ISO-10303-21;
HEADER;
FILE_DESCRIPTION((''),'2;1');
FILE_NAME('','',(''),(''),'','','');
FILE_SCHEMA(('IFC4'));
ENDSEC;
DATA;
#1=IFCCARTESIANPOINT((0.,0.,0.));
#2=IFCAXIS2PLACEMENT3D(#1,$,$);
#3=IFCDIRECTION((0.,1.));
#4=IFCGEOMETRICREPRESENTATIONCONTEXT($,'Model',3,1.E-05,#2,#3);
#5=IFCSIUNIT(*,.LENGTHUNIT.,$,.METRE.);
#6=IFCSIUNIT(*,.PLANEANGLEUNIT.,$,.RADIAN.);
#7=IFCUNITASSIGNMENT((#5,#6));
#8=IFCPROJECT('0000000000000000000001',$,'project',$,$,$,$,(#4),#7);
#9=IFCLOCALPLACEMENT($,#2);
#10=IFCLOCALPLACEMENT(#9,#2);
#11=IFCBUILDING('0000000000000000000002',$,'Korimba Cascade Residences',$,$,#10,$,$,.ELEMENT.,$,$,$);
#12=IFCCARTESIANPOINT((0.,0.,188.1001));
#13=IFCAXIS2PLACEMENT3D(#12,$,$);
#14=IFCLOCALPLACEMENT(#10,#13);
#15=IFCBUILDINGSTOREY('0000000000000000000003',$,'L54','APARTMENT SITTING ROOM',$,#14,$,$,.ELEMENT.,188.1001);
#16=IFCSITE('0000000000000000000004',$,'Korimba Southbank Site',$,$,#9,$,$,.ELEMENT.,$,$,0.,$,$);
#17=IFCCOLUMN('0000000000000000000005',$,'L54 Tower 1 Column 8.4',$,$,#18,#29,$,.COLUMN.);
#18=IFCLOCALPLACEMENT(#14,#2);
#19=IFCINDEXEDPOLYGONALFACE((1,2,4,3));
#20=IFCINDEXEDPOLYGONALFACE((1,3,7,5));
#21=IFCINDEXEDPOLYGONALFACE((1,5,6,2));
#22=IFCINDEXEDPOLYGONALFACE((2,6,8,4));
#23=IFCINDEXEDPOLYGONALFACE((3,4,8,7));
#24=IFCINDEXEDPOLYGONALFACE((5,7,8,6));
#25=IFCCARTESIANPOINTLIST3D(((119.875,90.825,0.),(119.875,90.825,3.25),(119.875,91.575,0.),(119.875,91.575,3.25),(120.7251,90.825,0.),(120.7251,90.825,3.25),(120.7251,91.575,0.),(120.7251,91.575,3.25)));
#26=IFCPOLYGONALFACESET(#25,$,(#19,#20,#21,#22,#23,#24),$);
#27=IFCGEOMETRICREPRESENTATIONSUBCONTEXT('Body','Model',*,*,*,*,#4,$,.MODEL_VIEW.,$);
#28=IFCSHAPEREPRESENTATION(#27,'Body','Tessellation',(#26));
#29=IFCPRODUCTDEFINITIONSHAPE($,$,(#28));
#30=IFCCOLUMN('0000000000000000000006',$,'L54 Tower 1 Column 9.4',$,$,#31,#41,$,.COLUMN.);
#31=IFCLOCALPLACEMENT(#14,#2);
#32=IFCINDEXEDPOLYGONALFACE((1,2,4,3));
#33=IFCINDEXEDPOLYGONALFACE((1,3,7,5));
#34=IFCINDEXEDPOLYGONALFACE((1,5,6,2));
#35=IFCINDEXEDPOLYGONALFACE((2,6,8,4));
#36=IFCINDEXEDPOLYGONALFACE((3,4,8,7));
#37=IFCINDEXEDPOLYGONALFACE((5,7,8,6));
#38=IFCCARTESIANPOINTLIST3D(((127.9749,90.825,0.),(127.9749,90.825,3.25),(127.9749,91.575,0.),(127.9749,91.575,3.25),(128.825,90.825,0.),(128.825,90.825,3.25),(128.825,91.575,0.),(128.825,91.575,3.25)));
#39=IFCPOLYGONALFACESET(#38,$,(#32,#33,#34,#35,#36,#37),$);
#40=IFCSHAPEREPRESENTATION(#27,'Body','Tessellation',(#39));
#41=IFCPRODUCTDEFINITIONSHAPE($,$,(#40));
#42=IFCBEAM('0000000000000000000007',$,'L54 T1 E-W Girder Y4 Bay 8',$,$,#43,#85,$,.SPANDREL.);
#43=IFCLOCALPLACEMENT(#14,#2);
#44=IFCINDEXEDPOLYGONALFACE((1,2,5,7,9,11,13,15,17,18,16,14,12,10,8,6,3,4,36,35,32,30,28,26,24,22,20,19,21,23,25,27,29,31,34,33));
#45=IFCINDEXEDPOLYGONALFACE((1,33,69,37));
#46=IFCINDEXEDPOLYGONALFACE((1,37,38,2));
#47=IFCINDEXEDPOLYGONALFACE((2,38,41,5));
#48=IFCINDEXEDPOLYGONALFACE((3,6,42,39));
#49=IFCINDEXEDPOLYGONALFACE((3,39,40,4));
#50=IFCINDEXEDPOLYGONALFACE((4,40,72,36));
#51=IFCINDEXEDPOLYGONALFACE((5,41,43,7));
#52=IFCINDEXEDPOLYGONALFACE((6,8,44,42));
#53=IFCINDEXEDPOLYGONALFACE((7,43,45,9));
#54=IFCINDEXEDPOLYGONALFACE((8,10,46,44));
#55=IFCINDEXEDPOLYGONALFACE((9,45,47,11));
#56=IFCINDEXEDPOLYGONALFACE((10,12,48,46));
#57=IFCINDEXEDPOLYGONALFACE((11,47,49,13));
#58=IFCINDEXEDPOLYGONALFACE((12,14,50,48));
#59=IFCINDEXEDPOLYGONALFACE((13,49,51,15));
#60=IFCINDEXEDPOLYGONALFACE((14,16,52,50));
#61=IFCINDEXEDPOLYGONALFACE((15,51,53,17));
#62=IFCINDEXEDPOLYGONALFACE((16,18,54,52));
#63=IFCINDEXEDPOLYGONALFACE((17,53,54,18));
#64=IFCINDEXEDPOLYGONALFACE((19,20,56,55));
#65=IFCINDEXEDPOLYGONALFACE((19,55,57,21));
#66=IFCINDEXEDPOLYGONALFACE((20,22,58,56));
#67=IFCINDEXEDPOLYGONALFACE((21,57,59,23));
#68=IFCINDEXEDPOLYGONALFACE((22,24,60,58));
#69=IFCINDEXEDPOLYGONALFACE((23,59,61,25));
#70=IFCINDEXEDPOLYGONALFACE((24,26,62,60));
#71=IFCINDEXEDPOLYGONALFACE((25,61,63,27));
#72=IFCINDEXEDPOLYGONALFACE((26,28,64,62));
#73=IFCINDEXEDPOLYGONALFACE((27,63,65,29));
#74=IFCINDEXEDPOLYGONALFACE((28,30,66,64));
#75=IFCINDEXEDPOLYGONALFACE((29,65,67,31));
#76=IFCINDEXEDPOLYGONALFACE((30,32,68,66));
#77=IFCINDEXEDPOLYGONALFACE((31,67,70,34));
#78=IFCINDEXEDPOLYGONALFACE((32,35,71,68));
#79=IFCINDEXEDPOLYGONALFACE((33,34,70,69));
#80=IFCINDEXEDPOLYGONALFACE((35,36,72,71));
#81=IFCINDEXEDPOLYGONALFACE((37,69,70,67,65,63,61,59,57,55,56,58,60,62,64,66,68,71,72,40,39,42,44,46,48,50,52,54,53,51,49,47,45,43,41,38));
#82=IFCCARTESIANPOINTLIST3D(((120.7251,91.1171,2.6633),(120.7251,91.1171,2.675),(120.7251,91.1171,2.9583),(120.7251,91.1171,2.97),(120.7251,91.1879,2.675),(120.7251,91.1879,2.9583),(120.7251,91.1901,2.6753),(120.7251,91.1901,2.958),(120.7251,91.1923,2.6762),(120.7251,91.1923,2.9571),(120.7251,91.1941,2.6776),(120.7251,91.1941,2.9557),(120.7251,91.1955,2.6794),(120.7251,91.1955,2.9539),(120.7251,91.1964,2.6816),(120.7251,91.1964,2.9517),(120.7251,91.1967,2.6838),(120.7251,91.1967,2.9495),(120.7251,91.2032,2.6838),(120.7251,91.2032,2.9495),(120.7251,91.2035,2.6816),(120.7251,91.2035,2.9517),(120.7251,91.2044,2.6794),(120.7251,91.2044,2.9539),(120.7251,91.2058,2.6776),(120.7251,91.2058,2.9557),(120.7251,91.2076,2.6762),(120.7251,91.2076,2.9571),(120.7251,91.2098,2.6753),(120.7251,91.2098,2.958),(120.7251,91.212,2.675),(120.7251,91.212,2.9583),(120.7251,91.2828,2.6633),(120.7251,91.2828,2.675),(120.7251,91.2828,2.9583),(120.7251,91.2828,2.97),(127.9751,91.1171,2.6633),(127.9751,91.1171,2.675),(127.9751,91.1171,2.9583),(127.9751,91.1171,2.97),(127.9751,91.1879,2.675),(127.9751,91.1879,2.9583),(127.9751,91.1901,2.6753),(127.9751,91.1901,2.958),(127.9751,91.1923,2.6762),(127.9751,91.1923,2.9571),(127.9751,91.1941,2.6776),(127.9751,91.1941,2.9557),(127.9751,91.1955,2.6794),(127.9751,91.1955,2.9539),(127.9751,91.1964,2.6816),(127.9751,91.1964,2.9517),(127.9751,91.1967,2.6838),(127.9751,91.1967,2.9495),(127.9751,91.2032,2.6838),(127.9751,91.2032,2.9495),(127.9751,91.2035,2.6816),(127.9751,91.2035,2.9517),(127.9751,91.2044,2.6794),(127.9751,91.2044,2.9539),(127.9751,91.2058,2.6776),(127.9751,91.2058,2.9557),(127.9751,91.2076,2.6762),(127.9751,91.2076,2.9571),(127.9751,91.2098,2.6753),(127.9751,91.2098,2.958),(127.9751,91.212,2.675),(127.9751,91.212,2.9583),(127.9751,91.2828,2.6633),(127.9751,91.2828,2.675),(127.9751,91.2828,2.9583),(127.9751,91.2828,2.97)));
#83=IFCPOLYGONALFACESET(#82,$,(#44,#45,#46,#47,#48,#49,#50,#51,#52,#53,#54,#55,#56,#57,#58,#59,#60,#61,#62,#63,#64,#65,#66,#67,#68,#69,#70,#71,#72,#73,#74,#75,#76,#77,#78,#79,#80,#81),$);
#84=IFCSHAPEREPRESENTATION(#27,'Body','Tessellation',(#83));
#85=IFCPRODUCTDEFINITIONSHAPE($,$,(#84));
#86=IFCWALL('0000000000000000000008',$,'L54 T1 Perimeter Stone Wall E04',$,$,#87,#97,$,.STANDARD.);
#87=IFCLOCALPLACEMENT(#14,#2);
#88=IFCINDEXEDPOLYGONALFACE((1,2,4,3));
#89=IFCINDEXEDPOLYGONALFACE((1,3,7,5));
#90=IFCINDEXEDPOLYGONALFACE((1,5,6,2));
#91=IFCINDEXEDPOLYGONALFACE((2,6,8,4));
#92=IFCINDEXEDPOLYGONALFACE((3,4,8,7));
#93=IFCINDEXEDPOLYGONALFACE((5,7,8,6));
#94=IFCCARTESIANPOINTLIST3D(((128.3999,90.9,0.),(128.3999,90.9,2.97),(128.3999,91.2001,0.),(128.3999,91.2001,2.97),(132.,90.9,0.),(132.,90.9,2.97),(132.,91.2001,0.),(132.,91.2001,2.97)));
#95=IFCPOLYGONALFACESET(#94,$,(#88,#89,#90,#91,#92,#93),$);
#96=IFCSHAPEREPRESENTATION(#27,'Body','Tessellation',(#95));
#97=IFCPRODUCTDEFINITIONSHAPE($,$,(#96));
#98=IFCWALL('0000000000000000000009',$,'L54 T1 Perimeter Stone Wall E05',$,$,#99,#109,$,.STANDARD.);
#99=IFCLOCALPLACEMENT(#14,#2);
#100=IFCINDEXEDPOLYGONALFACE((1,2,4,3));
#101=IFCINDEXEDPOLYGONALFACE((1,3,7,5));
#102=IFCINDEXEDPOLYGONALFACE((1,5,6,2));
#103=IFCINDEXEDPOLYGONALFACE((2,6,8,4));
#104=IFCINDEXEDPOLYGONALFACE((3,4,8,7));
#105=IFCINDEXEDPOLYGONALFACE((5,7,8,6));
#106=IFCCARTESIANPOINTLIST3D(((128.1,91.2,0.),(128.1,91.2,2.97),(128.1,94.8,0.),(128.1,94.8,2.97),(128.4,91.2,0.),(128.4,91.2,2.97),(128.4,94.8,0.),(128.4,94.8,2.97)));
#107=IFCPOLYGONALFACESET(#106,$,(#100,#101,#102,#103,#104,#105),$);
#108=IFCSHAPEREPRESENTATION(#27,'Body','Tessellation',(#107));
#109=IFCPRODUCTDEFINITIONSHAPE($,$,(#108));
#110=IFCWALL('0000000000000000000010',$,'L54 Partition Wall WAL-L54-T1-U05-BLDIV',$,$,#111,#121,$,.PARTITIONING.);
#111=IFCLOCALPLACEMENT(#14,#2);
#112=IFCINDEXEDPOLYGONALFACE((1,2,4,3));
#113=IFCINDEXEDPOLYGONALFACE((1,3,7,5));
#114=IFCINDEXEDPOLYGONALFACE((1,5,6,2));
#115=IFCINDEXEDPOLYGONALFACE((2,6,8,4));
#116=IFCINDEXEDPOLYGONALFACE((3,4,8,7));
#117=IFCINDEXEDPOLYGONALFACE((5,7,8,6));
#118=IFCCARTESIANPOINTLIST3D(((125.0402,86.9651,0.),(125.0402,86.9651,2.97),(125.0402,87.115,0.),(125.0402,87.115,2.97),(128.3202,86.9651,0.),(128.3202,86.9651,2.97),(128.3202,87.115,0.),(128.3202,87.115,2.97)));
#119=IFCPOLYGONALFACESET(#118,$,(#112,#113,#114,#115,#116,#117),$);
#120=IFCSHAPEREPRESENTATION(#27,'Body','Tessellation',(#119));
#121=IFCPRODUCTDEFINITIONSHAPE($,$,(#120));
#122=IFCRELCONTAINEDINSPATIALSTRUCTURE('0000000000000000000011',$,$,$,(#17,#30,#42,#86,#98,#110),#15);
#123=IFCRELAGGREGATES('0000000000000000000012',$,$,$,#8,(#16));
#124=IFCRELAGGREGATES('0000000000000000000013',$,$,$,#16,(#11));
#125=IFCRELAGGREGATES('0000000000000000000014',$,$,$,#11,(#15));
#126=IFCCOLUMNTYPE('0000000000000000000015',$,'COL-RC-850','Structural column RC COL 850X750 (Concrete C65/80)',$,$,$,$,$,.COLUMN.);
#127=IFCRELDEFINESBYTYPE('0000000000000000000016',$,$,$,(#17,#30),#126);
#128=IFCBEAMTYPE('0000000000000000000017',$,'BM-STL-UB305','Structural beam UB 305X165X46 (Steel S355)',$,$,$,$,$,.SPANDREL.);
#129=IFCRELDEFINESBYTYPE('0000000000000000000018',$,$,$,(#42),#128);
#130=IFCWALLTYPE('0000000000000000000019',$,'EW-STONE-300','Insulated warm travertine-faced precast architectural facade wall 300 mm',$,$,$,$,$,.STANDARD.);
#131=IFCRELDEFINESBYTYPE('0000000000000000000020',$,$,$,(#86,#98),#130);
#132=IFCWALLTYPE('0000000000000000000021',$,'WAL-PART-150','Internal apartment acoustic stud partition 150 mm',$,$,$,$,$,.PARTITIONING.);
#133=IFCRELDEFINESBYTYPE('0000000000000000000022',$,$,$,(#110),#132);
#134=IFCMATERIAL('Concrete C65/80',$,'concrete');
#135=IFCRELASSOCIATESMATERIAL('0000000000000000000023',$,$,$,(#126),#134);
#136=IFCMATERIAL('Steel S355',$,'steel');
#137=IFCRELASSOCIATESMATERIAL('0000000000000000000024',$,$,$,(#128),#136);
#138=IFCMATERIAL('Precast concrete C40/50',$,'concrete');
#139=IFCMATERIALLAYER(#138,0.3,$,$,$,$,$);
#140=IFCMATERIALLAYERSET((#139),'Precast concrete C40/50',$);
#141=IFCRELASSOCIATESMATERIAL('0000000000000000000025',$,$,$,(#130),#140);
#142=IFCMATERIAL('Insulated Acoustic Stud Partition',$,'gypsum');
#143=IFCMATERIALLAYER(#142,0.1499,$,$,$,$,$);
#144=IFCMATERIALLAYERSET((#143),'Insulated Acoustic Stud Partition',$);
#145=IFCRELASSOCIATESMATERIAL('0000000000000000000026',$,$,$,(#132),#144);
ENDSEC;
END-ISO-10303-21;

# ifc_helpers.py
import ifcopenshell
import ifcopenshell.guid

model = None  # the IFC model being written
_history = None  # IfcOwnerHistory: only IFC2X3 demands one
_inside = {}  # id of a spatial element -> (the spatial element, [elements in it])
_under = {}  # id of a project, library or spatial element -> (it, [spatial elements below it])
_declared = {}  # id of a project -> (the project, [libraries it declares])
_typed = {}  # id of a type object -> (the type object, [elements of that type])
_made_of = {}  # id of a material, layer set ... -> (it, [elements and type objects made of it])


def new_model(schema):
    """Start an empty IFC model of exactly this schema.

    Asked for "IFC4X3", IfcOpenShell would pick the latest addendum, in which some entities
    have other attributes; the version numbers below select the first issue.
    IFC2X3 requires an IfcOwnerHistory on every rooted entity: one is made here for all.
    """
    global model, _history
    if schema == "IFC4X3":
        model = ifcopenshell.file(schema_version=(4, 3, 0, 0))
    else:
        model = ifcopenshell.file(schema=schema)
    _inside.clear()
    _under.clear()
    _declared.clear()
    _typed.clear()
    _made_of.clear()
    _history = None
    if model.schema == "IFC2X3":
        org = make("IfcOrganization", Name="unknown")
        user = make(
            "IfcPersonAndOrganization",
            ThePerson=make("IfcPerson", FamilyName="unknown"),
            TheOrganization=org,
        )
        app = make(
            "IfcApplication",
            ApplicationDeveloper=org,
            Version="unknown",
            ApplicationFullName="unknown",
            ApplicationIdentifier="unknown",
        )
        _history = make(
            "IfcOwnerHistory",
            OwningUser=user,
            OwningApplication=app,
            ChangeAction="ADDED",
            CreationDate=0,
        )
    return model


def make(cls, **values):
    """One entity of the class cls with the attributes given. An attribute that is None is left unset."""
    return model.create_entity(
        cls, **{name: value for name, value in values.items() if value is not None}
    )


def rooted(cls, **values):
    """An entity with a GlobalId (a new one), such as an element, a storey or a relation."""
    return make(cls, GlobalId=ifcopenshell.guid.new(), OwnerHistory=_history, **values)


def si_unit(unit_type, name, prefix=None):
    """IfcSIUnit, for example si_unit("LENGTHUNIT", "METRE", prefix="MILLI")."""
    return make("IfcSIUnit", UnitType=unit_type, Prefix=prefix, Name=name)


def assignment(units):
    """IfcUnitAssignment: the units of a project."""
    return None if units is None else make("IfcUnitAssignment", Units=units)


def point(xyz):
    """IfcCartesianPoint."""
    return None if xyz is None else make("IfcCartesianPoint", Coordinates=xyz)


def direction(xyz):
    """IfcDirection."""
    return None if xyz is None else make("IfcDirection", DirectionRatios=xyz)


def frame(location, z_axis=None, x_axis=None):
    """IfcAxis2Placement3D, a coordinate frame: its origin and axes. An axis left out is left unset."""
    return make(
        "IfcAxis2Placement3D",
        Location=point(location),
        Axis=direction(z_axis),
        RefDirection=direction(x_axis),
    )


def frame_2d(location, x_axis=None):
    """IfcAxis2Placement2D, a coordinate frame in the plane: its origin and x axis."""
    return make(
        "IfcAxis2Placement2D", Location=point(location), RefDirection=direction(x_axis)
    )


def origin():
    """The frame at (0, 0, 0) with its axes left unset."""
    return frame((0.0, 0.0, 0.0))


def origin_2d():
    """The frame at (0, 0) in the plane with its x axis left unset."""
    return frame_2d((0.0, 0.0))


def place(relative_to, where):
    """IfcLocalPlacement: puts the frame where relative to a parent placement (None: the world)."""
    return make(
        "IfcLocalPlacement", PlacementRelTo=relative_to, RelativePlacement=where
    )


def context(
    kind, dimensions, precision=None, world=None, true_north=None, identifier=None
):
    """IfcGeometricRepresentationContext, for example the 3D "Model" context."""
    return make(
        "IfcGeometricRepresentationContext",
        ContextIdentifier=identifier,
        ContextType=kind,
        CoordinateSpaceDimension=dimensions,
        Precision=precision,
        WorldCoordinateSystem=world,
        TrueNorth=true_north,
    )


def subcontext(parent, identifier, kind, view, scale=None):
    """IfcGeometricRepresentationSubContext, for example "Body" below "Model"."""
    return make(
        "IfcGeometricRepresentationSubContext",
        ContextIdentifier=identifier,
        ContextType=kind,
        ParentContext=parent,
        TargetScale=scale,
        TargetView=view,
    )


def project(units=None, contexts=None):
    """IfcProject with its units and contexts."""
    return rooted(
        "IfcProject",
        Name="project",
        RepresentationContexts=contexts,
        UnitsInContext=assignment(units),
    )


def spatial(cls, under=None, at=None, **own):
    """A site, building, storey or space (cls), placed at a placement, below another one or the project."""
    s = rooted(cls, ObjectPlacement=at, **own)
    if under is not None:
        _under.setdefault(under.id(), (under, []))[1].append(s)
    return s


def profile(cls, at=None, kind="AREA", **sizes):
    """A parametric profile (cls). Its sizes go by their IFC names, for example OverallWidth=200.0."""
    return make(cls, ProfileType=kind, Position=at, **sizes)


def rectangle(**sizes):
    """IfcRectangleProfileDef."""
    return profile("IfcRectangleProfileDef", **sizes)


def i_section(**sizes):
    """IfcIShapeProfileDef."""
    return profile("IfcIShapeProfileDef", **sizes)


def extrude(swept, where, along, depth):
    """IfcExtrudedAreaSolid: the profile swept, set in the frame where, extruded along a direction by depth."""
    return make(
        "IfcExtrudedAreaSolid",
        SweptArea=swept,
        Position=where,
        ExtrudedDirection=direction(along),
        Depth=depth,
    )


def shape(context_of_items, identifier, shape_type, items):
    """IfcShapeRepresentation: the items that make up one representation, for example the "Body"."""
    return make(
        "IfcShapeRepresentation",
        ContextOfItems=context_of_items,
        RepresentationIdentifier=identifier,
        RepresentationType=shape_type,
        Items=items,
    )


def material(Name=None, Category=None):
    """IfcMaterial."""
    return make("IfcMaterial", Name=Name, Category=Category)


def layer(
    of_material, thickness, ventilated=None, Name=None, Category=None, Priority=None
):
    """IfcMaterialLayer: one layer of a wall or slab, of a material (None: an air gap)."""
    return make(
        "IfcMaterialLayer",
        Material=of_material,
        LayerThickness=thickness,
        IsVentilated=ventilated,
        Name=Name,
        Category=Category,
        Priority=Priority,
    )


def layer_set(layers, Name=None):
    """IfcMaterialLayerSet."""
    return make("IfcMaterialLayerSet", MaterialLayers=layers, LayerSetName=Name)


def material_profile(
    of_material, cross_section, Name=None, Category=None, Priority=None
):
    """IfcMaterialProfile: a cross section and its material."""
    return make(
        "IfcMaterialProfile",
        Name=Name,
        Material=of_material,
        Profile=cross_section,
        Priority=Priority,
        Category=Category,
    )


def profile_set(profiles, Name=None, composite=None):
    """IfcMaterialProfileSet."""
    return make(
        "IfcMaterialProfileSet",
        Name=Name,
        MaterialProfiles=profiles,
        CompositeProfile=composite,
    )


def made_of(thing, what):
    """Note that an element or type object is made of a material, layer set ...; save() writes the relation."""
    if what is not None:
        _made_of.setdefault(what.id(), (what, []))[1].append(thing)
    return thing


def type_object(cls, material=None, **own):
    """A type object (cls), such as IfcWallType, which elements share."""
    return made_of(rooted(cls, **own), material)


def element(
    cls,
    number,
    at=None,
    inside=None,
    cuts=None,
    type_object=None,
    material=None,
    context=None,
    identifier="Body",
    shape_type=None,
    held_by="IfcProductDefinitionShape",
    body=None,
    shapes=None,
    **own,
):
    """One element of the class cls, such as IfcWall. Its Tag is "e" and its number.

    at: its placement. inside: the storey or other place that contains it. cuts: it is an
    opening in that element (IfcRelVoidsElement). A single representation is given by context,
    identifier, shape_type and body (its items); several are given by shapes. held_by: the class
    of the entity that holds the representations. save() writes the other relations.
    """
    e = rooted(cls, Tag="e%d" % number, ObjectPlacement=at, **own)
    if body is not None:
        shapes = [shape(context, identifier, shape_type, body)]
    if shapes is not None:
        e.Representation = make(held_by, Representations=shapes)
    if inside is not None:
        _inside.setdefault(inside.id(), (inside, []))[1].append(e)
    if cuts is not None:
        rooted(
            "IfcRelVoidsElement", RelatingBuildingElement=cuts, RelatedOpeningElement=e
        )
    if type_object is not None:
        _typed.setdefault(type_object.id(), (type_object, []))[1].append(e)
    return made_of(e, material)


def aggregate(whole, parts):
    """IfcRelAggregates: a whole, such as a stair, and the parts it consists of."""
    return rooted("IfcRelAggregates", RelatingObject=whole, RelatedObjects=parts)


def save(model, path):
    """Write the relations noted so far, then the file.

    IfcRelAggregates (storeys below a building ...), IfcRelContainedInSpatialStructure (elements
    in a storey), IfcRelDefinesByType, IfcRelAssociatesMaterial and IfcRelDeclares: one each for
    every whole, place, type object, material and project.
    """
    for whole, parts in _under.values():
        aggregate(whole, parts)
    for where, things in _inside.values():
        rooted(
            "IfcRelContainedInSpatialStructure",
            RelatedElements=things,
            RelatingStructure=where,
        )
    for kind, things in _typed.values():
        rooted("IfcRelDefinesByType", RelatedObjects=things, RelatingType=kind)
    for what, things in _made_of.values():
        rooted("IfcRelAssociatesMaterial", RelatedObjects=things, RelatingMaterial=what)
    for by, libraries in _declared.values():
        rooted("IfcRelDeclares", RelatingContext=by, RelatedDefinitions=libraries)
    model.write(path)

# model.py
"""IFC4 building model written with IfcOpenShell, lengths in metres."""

from ifc_helpers import new_model, si_unit, direction, frame, frame_2d, origin, origin_2d, place, context, subcontext, project, spatial, rectangle, i_section, extrude, material, layer, layer_set, material_profile, profile_set, type_object, element, save


model = new_model("IFC4")

# Units and contexts
model_context = context("Model", 3, precision=1e-05, world=origin(), true_north=direction((0.0, 1.0)))
body_context = subcontext(model_context, "Body", "Model", "MODEL_VIEW")
ifc_project = project(units=[si_unit("LENGTHUNIT", "METRE"), si_unit("PLANEANGLEUNIT", "RADIAN")], contexts=[model_context])

# Site, building, storey
site_placement = place(None, origin())
site = spatial("IfcSite", under=ifc_project, at=site_placement, Name="Korimba Southbank Site", CompositionType="ELEMENT", RefElevation=0.0)
building_placement = place(site_placement, origin())
building = spatial("IfcBuilding", under=site, at=building_placement, Name="Korimba Cascade Residences", CompositionType="ELEMENT")
storey_placement = place(building_placement, frame((0.0, 0.0, 188.1001)))
storey = spatial("IfcBuildingStorey", under=building, at=storey_placement, Name="L54", Description="APARTMENT SITTING ROOM", CompositionType="ELEMENT", Elevation=188.1001)

# Columns
ifc_material_1 = material(Name="Concrete C65/80", Category="concrete")
ifc_material_profile_1 = material_profile(ifc_material_1, rectangle(XDim=0.8501, YDim=0.75, at=origin_2d()), Name="Concrete C65/80")
ifc_profile_set_1 = profile_set([ifc_material_profile_1], Name="Concrete C65/80")
column_type = type_object("IfcColumnType", Name="COL-RC-850", Description="Structural column RC COL 850X750 (Concrete C65/80)", PredefinedType="COLUMN", material=ifc_profile_set_1)
for number, where, z_axis, x_axis, name in (
    (1, (120.3, 91.2, 0.0), (0.0, 0.0, 1.0), (1.0, 0.0, 0.0), "L54 Tower 1 Column 8.4"),
    (2, (128.3999, 91.2, 0.0), (0.0, 0.0, 1.0), (1.0, 0.0, 0.0), "L54 Tower 1 Column 9.4"),
):
    element("IfcColumn", number, at=place(storey_placement, frame(where, z_axis=z_axis, x_axis=x_axis)), inside=storey, type_object=column_type, Name=name, PredefinedType="COLUMN", context=body_context, shape_type="SweptSolid", body=[
        extrude(rectangle(XDim=0.8501, YDim=0.75, at=origin_2d()), origin(), (0.0, 0.0, 1.0), 3.25),
    ])

# Beam
ifc_material_2 = material(Name="Steel S355", Category="steel")
ifc_material_profile_2 = material_profile(ifc_material_2, i_section(OverallWidth=0.1658, OverallDepth=0.3066, WebThickness=0.0066, FlangeThickness=0.0117, FilletRadius=0.0088, at=origin_2d()), Name="Steel S355")
ifc_profile_set_2 = profile_set([ifc_material_profile_2], Name="Steel S355")
beam_type = type_object("IfcBeamType", Name="BM-STL-UB305", Description="Structural beam UB 305X165X46 (Steel S355)", PredefinedType="SPANDREL", material=ifc_profile_set_2)
beam_placement = place(storey_placement, frame((120.7251, 91.2, 2.8167), z_axis=(1.0, 0.0, 0.0), x_axis=(0.0, 1.0, 0.0)))
element("IfcBeam", 3, at=beam_placement, inside=storey, type_object=beam_type, Name="L54 T1 E-W Girder Y4 Bay 8", PredefinedType="SPANDREL", context=body_context, shape_type="SweptSolid", body=[
    extrude(i_section(OverallWidth=0.1658, OverallDepth=0.3066, WebThickness=0.0066, FlangeThickness=0.0117, FilletRadius=0.0088, at=origin_2d()), origin(), (0.0, 0.0, 1.0), 7.25),
])

# Shared definitions
ifc_material_3 = material(Name="Precast concrete C40/50", Category="concrete")

# Walls
ifc_layer_1 = layer(ifc_material_3, 0.3)
ifc_layer_set_1 = layer_set([ifc_layer_1], Name="Precast concrete C40/50")
wall_type_1 = type_object("IfcWallType", Name="EW-STONE-300", Description="Insulated warm travertine-faced precast architectural facade wall 300 mm", PredefinedType="STANDARD", material=ifc_layer_set_1)
for number, where, z_axis, x_axis, name in (
    (4, (132.0, 91.05, 0.0), (0.0, 0.0, 1.0), (-1.0, 0.0, 0.0), "L54 T1 Perimeter Stone Wall E04"),
    (5, (128.25, 91.2, 0.0), (0.0, 0.0, 1.0), (0.0, 1.0, 0.0), "L54 T1 Perimeter Stone Wall E05"),
):
    element("IfcWall", number, at=place(storey_placement, frame(where, z_axis=z_axis, x_axis=x_axis)), inside=storey, type_object=wall_type_1, Name=name, PredefinedType="STANDARD", context=body_context, shape_type="SweptSolid", body=[
        extrude(rectangle(XDim=3.6001, YDim=0.3, at=frame_2d((1.8, 0.0))), origin(), (0.0, 0.0, 1.0), 2.97),
    ])
ifc_material_4 = material(Name="Insulated Acoustic Stud Partition", Category="gypsum")
ifc_layer_2 = layer(ifc_material_4, 0.1499)
ifc_layer_set_2 = layer_set([ifc_layer_2], Name="Insulated Acoustic Stud Partition")
wall_type_2 = type_object("IfcWallType", Name="WAL-PART-150", Description="Internal apartment acoustic stud partition 150 mm", PredefinedType="PARTITIONING", material=ifc_layer_set_2)
wall_1_placement = place(storey_placement, frame((125.04, 87.04, 0.0), z_axis=(0.0, 0.0, 1.0), x_axis=(1.0, 0.0, 0.0)))
element("IfcWall", 6, at=wall_1_placement, inside=storey, type_object=wall_type_2, Name="L54 Partition Wall WAL-L54-T1-U05-BLDIV", PredefinedType="PARTITIONING", context=body_context, shape_type="SweptSolid", body=[
    extrude(rectangle(XDim=3.28, YDim=0.1499, at=frame_2d((1.6401, 0.0))), origin(), (0.0, 0.0, 1.0), 2.97),
])

save(model, "model.ifc")
